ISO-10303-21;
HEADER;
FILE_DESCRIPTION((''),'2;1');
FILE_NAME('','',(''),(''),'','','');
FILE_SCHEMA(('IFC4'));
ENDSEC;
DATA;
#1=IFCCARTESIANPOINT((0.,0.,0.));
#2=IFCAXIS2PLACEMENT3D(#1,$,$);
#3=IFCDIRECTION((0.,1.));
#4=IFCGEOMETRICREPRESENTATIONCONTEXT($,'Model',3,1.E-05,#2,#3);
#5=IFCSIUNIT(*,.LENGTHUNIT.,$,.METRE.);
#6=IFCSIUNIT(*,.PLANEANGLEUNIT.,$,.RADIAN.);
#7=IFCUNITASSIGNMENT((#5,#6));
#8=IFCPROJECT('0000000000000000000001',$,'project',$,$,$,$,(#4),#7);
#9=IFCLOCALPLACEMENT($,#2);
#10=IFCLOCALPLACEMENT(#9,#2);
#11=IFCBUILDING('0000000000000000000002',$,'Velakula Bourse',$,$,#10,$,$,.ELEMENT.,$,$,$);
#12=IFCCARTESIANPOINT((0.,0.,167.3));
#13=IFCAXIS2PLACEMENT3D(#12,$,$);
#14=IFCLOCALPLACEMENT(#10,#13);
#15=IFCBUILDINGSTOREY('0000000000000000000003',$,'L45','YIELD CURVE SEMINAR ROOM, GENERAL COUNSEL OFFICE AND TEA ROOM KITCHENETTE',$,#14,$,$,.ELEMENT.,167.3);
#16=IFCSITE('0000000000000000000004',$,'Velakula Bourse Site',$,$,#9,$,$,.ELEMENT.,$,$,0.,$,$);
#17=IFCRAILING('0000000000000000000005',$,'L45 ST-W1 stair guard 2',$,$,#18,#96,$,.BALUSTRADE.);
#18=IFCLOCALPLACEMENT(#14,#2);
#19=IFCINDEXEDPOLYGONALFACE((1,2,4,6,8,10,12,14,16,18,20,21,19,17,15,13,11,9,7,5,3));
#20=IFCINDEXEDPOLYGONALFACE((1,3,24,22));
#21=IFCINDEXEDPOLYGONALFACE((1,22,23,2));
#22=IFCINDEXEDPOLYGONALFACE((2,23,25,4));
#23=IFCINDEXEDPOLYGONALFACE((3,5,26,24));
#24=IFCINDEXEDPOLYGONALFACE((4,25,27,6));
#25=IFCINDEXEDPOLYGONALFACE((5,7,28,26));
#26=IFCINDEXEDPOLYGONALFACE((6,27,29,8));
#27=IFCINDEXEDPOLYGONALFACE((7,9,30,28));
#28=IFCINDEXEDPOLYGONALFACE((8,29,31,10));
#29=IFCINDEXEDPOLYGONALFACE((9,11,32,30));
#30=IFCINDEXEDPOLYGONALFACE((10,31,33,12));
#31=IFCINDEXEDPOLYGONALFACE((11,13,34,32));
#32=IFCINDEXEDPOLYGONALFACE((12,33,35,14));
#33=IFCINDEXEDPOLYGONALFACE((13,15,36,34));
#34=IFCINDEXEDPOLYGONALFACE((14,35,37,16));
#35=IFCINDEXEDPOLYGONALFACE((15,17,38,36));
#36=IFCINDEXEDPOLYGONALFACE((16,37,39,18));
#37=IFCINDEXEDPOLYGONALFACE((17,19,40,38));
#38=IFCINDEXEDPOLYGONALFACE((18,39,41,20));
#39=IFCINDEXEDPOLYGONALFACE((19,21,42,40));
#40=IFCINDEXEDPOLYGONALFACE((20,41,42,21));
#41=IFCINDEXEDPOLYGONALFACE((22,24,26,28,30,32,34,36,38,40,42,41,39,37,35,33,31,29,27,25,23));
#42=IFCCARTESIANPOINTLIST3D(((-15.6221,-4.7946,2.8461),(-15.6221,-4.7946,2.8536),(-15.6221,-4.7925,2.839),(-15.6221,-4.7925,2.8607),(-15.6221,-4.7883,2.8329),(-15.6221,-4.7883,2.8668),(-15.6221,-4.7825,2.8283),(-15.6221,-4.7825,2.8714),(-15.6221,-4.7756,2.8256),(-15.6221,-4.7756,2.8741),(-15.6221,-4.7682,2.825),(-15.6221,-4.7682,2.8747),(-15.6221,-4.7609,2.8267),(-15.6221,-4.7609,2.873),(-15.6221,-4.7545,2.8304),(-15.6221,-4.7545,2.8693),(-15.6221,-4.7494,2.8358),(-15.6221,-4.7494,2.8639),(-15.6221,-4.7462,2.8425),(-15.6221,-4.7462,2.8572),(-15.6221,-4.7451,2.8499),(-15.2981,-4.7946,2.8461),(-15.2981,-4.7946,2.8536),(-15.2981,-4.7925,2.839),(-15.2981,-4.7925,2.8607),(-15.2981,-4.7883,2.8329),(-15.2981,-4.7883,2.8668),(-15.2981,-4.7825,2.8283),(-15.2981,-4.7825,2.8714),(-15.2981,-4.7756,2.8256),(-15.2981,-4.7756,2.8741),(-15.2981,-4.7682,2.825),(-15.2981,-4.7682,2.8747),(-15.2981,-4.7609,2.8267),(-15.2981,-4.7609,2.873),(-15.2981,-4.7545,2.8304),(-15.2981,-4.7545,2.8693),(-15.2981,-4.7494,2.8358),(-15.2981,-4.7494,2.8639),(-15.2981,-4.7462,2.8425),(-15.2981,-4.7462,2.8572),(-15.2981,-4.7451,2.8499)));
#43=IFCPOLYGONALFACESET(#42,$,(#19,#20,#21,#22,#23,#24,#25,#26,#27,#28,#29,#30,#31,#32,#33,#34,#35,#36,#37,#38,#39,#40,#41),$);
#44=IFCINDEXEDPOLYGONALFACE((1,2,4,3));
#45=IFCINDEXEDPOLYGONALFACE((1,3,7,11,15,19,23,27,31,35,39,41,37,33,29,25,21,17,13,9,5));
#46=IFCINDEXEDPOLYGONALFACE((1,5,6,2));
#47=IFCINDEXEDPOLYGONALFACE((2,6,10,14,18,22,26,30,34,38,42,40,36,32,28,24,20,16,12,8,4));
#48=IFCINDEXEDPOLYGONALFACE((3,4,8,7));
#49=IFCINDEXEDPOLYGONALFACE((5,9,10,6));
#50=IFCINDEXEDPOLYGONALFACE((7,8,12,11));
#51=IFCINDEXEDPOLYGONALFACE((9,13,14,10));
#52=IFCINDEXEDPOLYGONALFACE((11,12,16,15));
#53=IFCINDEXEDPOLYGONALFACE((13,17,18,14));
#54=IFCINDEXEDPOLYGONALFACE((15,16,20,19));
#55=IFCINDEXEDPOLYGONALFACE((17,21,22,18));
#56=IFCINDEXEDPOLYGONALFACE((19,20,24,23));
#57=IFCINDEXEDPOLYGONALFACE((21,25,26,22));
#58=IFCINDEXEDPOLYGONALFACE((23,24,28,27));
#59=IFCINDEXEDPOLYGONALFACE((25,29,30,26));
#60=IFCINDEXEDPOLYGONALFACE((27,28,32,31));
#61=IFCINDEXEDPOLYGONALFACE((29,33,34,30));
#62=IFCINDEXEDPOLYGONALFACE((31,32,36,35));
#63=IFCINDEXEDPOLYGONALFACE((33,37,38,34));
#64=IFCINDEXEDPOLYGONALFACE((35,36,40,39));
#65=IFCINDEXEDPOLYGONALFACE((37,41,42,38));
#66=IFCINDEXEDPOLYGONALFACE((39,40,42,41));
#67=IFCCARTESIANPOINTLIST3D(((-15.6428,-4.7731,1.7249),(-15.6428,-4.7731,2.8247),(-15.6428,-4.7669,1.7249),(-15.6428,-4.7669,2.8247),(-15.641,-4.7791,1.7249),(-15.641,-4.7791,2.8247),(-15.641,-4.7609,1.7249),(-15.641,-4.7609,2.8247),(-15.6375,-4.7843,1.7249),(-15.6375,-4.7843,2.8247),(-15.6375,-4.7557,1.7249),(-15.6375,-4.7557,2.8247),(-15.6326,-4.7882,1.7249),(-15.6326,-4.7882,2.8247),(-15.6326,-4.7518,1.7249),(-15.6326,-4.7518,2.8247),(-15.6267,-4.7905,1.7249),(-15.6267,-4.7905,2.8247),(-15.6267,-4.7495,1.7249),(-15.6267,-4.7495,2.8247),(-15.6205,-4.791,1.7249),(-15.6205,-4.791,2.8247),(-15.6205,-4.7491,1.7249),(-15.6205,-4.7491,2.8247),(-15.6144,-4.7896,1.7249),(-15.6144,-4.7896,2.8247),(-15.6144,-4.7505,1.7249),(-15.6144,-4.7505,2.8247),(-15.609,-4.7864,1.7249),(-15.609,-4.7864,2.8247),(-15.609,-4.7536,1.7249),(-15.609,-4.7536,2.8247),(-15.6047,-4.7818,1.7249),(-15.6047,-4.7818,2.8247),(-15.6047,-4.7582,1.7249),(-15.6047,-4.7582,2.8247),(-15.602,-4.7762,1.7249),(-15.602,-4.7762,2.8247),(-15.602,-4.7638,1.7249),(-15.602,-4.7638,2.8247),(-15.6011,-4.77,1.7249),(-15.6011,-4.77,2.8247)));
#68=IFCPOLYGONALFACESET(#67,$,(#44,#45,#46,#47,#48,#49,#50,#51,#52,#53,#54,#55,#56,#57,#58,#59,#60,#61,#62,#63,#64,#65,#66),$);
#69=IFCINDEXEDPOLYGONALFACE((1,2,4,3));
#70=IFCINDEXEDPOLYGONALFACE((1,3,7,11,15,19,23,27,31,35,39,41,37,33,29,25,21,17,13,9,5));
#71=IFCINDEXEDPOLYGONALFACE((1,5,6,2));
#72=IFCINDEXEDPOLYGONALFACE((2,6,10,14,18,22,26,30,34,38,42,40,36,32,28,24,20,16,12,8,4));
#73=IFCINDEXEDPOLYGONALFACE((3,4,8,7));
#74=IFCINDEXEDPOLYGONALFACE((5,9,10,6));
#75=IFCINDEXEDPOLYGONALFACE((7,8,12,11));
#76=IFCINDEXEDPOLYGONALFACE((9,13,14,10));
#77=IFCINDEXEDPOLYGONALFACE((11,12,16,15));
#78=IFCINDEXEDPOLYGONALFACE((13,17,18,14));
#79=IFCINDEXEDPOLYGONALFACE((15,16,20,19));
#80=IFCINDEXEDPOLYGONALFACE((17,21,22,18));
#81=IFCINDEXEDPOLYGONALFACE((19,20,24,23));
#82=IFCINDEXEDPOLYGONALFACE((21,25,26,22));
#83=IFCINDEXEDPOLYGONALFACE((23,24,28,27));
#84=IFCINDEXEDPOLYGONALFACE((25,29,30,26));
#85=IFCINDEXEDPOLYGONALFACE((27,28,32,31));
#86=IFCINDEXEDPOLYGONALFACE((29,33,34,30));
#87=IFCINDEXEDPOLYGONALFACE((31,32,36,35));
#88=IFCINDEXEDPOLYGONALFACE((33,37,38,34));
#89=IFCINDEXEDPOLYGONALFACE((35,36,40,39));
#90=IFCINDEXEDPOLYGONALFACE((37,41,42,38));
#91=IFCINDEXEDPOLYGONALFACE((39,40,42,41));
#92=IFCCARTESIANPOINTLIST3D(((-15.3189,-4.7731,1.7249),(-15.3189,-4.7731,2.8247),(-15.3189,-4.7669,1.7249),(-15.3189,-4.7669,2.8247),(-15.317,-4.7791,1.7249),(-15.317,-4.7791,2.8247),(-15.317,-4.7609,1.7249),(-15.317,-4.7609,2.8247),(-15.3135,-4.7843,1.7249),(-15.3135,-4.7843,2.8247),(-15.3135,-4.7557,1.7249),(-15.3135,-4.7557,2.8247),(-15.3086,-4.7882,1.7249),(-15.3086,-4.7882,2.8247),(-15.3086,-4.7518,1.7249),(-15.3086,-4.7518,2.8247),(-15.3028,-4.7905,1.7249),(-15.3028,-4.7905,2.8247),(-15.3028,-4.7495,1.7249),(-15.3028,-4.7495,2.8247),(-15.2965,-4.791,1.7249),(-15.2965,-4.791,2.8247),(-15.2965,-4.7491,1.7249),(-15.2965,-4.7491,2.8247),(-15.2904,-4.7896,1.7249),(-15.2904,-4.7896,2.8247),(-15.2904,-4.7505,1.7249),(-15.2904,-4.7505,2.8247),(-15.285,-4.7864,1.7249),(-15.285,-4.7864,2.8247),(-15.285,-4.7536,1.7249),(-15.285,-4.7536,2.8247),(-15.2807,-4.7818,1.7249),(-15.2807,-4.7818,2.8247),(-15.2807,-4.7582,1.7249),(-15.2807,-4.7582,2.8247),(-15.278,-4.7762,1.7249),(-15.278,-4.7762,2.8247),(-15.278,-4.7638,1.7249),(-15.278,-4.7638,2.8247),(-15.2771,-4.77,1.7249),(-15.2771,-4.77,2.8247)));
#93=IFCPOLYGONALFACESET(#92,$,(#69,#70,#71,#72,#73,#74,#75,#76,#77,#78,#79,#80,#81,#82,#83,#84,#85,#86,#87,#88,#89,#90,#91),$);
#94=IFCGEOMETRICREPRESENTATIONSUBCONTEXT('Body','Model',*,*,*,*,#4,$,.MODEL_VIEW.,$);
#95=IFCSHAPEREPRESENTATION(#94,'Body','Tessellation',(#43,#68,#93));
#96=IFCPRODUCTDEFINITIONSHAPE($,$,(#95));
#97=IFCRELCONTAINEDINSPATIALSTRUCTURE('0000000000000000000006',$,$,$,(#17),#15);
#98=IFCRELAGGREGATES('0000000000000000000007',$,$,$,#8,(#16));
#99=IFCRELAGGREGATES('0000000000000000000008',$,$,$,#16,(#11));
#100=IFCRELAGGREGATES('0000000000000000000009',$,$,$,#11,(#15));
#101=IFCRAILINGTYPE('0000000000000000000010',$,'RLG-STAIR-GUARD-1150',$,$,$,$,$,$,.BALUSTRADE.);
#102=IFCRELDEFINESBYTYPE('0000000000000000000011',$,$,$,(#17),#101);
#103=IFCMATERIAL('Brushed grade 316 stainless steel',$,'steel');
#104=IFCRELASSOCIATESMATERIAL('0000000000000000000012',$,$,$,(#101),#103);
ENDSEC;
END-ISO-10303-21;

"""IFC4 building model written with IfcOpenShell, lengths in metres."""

from ifc_helpers import new_model, si_unit, direction, frame, origin, origin_2d, place, context, subcontext, project, spatial, circle, extrude, material, type_object, element, save


model = new_model("IFC4")

# Units and contexts
model_context = context("Model", 3, precision=1e-05, world=origin(), true_north=direction((0.0, 1.0)))
body_context = subcontext(model_context, "Body", "Model", "MODEL_VIEW")
ifc_project = project(units=[si_unit("LENGTHUNIT", "METRE"), si_unit("PLANEANGLEUNIT", "RADIAN")], contexts=[model_context])

# Site, building, storey
site_placement = place(None, origin())
site = spatial("IfcSite", under=ifc_project, at=site_placement, Name="Velakula Bourse Site", CompositionType="ELEMENT", RefElevation=0.0)
building_placement = place(site_placement, origin())
building = spatial("IfcBuilding", under=site, at=building_placement, Name="Velakula Bourse", CompositionType="ELEMENT")
storey_placement = place(building_placement, frame((0.0, 0.0, 167.3)))
storey = spatial("IfcBuildingStorey", under=building, at=storey_placement, Name="L45", Description="YIELD CURVE SEMINAR ROOM, GENERAL COUNSEL OFFICE AND TEA ROOM KITCHENETTE", CompositionType="ELEMENT", Elevation=167.3)

# Shared definitions
ifc_material_1 = material(Name="Brushed grade 316 stainless steel", Category="steel")

# Railing
railing_type_1 = type_object("IfcRailingType", Name="RLG-STAIR-GUARD-1150", PredefinedType="BALUSTRADE", material=ifc_material_1)
railing_1_placement = place(storey_placement, frame((-15.6221, -4.77, 1.7249)))
element("IfcRailing", 1, at=railing_1_placement, inside=storey, type_object=railing_type_1, Name="L45 ST-W1 stair guard 2", PredefinedType="BALUSTRADE", context=body_context, shape_type="SweptSolid", body=[
    extrude(circle(Radius=0.0249, at=origin_2d()), frame((0.0, 0.0, 1.125), z_axis=(1.0, 0.0, 0.0), x_axis=(0.0, 1.0, 0.0)), (0.0, 0.0, 1.0), 0.324),
    extrude(circle(Radius=0.021, at=origin_2d()), origin(), (0.0, 0.0, 1.0), 1.0999),
    extrude(circle(Radius=0.021, at=origin_2d()), frame((0.324, 0.0, 0.0)), (0.0, 0.0, 1.0), 1.0999),
])

save(model, "model.ifc")
